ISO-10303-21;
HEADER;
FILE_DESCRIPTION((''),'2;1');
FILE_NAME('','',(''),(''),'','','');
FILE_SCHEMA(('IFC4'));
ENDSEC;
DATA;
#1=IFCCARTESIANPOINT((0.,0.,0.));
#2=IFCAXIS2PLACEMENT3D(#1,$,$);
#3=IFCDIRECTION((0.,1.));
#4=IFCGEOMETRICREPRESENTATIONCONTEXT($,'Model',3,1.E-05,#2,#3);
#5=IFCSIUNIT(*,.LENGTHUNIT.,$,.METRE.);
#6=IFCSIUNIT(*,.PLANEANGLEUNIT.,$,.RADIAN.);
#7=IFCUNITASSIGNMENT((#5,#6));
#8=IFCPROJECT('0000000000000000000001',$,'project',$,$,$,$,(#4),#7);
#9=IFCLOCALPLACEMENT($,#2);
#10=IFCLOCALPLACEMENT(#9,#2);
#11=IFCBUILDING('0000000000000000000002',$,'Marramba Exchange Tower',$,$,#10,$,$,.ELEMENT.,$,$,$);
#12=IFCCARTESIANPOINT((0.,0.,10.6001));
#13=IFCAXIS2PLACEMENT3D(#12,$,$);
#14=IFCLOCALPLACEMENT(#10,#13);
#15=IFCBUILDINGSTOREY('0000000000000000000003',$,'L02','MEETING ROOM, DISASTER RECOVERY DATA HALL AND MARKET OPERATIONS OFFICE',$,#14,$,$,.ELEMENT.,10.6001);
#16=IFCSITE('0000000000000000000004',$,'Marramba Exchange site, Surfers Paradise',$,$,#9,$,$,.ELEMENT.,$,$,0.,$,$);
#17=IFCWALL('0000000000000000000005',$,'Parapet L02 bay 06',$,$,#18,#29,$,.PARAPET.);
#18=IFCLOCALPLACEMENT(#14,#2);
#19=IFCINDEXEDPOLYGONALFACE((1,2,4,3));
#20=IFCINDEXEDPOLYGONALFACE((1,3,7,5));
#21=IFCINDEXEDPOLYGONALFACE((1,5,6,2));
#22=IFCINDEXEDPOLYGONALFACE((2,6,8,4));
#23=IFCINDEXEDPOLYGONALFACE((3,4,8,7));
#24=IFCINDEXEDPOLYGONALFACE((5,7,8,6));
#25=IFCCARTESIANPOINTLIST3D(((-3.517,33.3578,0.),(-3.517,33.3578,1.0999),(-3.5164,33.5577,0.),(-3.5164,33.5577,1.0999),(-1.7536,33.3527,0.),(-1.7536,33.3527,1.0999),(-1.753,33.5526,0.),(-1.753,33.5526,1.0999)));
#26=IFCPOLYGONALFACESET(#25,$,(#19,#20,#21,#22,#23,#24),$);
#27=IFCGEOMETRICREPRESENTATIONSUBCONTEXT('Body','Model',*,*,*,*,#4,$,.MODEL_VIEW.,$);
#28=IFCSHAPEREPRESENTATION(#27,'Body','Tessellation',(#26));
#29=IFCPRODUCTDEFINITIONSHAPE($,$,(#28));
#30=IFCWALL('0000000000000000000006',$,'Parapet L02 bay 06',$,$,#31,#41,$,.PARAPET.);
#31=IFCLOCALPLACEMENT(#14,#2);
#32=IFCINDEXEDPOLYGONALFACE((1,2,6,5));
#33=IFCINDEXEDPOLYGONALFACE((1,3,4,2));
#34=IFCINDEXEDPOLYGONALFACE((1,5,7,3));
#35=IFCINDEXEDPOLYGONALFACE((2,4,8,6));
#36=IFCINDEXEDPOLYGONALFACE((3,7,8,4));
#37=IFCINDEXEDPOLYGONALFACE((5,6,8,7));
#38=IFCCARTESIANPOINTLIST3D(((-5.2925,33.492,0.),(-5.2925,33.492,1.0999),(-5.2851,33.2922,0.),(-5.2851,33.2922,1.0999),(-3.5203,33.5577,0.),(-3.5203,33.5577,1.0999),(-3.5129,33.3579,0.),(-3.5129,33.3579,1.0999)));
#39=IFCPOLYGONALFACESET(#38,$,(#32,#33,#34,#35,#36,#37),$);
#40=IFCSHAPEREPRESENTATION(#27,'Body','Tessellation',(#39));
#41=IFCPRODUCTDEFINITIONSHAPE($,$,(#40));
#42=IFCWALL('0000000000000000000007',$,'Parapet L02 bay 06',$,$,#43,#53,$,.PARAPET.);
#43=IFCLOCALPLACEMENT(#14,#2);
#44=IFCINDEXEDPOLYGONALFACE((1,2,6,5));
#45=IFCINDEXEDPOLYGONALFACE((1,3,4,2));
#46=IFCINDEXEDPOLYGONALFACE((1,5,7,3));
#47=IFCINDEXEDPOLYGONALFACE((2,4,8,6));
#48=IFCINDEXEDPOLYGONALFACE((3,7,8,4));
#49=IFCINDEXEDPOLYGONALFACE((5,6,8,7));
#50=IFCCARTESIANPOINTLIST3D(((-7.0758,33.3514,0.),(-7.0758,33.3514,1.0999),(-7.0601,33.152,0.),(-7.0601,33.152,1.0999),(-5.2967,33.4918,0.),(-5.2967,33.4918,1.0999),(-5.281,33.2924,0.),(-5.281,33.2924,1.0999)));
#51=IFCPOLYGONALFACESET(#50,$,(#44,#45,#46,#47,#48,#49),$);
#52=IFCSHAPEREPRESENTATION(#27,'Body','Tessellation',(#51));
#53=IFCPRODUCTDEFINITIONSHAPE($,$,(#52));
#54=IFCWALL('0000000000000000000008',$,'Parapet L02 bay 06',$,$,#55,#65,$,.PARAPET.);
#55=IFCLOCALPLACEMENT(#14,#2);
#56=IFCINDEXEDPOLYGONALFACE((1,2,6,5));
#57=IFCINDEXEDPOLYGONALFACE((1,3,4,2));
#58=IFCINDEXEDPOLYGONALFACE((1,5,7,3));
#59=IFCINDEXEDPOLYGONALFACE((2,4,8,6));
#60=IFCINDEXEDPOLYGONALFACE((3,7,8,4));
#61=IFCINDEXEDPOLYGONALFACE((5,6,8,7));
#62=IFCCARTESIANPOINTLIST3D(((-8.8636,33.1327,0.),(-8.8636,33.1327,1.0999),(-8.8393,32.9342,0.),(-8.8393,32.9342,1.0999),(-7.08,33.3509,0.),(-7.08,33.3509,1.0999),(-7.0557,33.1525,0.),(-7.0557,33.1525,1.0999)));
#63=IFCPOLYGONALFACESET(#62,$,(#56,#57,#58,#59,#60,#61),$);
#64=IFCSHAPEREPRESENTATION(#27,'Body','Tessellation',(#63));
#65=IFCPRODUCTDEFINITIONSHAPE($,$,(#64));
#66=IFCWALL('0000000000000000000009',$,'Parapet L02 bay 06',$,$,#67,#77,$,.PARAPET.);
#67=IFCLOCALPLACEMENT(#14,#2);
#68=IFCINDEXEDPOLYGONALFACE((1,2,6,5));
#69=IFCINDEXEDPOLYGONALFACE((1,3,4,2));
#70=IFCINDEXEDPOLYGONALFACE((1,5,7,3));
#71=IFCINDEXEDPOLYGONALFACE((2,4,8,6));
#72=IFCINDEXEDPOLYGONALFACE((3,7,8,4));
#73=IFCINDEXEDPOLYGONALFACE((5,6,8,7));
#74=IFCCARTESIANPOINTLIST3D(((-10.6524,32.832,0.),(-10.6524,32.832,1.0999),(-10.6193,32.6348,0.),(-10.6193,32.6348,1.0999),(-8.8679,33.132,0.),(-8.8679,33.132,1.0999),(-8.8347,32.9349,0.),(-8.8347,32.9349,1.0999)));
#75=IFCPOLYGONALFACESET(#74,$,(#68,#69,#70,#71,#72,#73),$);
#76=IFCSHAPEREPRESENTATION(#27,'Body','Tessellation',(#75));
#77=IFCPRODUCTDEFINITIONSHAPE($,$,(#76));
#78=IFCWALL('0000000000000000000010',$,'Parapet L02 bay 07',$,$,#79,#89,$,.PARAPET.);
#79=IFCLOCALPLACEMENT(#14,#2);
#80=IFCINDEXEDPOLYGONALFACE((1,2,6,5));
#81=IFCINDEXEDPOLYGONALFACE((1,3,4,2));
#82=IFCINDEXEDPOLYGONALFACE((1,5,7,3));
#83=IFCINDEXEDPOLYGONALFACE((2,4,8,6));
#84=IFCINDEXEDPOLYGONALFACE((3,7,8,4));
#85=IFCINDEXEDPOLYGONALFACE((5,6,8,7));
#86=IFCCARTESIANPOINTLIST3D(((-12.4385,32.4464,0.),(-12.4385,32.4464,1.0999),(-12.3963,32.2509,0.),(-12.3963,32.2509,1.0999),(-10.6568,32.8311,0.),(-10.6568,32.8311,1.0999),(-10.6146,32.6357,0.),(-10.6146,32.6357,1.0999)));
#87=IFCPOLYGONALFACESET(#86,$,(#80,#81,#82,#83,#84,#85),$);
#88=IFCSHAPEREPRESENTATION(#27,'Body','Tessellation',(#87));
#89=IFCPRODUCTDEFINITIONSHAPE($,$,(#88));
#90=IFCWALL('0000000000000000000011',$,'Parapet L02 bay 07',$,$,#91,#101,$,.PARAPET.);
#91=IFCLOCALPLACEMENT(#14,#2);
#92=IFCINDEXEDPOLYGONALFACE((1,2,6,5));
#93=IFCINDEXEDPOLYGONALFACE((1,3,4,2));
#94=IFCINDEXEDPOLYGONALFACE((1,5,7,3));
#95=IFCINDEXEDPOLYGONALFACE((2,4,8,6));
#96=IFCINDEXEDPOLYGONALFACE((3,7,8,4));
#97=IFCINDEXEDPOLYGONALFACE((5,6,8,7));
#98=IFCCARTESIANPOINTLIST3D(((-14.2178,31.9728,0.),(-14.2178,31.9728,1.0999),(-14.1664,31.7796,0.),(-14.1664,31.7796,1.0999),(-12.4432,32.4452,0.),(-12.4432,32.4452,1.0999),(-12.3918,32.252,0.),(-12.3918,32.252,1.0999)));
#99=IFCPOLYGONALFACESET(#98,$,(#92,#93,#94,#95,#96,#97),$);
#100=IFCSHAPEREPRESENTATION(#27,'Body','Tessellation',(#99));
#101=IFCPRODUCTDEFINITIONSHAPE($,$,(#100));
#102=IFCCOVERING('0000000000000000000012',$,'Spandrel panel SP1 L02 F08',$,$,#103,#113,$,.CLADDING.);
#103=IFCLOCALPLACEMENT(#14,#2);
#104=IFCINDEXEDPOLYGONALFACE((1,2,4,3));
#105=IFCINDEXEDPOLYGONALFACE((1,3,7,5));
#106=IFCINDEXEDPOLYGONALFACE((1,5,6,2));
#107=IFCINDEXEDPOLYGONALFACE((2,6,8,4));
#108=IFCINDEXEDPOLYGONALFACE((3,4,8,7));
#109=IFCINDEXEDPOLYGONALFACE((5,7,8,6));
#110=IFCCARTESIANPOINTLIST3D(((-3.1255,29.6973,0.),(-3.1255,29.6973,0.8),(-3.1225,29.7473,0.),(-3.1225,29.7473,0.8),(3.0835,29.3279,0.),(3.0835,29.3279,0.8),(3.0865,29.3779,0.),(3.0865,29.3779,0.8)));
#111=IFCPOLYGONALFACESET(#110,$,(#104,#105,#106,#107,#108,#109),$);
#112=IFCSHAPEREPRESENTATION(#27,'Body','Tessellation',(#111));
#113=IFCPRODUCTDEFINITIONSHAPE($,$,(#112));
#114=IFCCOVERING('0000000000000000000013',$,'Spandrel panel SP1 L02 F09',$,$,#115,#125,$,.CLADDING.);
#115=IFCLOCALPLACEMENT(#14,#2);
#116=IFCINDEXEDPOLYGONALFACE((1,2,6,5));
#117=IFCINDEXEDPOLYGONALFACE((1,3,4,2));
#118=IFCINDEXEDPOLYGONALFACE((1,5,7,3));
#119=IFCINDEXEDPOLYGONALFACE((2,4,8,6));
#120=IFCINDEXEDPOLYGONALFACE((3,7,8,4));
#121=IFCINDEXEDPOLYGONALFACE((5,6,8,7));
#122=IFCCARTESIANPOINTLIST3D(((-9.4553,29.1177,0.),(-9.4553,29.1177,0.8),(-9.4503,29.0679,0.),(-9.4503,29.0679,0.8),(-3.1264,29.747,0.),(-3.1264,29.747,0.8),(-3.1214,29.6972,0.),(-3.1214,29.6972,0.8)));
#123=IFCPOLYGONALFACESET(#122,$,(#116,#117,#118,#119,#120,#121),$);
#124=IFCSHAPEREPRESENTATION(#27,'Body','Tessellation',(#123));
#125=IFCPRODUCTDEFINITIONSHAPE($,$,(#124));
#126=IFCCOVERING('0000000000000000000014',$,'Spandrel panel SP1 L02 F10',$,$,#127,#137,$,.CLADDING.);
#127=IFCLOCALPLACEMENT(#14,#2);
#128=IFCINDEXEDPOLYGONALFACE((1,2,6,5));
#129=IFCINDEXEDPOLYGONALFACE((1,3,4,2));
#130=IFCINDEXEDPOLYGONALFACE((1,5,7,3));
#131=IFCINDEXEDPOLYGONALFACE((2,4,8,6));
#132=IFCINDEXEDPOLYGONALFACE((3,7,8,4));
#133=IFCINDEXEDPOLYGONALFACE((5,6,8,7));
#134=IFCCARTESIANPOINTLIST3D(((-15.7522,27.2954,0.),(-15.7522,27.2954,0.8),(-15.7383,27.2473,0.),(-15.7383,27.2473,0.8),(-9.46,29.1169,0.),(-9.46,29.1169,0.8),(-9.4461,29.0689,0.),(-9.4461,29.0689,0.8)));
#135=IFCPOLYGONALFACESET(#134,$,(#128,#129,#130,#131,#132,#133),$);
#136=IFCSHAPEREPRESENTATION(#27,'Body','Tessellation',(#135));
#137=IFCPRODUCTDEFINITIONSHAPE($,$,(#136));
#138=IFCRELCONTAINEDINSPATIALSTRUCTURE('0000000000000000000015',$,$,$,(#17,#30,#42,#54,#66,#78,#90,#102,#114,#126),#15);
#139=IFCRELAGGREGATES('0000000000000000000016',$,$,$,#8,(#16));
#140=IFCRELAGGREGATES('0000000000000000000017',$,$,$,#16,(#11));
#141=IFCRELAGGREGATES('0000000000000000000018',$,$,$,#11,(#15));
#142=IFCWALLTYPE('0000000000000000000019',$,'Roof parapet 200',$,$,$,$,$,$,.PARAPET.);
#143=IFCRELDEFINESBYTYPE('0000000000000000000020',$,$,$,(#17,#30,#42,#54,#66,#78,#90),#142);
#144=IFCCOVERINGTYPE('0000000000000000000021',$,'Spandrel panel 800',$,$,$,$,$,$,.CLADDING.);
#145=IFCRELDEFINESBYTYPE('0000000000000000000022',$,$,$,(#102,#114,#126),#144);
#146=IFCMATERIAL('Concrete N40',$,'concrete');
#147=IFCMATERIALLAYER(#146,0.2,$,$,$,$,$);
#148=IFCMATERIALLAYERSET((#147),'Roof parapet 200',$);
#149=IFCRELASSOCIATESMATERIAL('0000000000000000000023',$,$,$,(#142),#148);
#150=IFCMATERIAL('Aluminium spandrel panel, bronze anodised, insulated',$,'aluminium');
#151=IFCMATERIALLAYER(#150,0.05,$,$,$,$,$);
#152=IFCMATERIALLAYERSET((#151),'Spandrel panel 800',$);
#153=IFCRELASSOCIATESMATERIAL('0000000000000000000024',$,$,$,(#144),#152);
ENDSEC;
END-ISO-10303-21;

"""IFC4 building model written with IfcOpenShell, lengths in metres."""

from ifc_helpers import new_model, si_unit, direction, frame, frame_2d, origin, origin_2d, place, context, subcontext, project, spatial, rectangle, extrude, material, layer, layer_set, type_object, element, save


model = new_model("IFC4")

# Units and contexts
model_context = context("Model", 3, precision=1e-05, world=origin(), true_north=direction((0.0, 1.0)))
body_context = subcontext(model_context, "Body", "Model", "MODEL_VIEW")
ifc_project = project(units=[si_unit("LENGTHUNIT", "METRE"), si_unit("PLANEANGLEUNIT", "RADIAN")], contexts=[model_context])

# Site, building, storey
site_placement = place(None, origin())
site = spatial("IfcSite", under=ifc_project, at=site_placement, Name="Marramba Exchange site, Surfers Paradise", CompositionType="ELEMENT", RefElevation=0.0)
building_placement = place(site_placement, origin())
building = spatial("IfcBuilding", under=site, at=building_placement, Name="Marramba Exchange Tower", CompositionType="ELEMENT")
storey_placement = place(building_placement, frame((0.0, 0.0, 10.6001)))
storey = spatial("IfcBuildingStorey", under=building, at=storey_placement, Name="L02", Description="MEETING ROOM, DISASTER RECOVERY DATA HALL AND MARKET OPERATIONS OFFICE", CompositionType="ELEMENT", Elevation=10.6001)

# Walls
ifc_material_1 = material(Name="Concrete N40", Category="concrete")
ifc_layer_1 = layer(ifc_material_1, 0.2)
ifc_layer_set_1 = layer_set([ifc_layer_1], Name="Roof parapet 200")
wall_type = type_object("IfcWallType", Name="Roof parapet 200", PredefinedType="PARAPET", material=ifc_layer_set_1)
wall_1_placement = place(storey_placement, frame((-1.7532, 33.4526, 0.0), z_axis=(0.0, 0.0, 1.0), x_axis=(-0.999996, 0.002907, 0.0)))
element("IfcWall", 1, at=wall_1_placement, inside=storey, type_object=wall_type, Name="Parapet L02 bay 06", PredefinedType="PARAPET", context=body_context, shape_type="SweptSolid", body=[
    extrude(rectangle(XDim=1.7634, YDim=0.2, at=frame_2d((0.8818, 0.0))), origin(), (0.0, 0.0, 1.0), 1.0999),
])
wall_2_placement = place(storey_placement, frame((-3.5166, 33.4578, 0.0), z_axis=(0.0, 0.0, 1.0), x_axis=(-0.999314, -0.037032, 0.0)))
element("IfcWall", 2, at=wall_2_placement, inside=storey, type_object=wall_type, Name="Parapet L02 bay 06", PredefinedType="PARAPET", context=body_context, shape_type="SweptSolid", body=[
    extrude(rectangle(XDim=1.7734, YDim=0.2, at=frame_2d((0.8867, 0.0))), origin(), (0.0, 0.0, 1.0), 1.0999),
])
wall_3_placement = place(storey_placement, frame((-5.2888, 33.3921, 0.0), z_axis=(0.0, 0.0, 1.0), x_axis=(-0.996901, -0.078663, 0.0)))
element("IfcWall", 3, at=wall_3_placement, inside=storey, type_object=wall_type, Name="Parapet L02 bay 06", PredefinedType="PARAPET", context=body_context, shape_type="SweptSolid", body=[
    extrude(rectangle(XDim=1.7847, YDim=0.2, at=frame_2d((0.8923, 0.0))), origin(), (0.0, 0.0, 1.0), 1.0999),
])
wall_4_placement = place(storey_placement, frame((-7.0679, 33.2517, 0.0), z_axis=(0.0, 0.0, 1.0), x_axis=(-0.992594, -0.121476, 0.0)))
element("IfcWall", 4, at=wall_4_placement, inside=storey, type_object=wall_type, Name="Parapet L02 bay 06", PredefinedType="PARAPET", context=body_context, shape_type="SweptSolid", body=[
    extrude(rectangle(XDim=1.7969, YDim=0.2, at=frame_2d((0.8984, 0.0))), origin(), (0.0, 0.0, 1.0), 1.0999),
])
wall_5_placement = place(storey_placement, frame((-8.8513, 33.0334, 0.0), z_axis=(0.0, 0.0, 1.0), x_axis=(-0.986156, -0.165821, 0.0)))
element("IfcWall", 5, at=wall_5_placement, inside=storey, type_object=wall_type, Name="Parapet L02 bay 06", PredefinedType="PARAPET", context=body_context, shape_type="SweptSolid", body=[
    extrude(rectangle(XDim=1.8096, YDim=0.2, at=frame_2d((0.9048, 0.0))), origin(), (0.0, 0.0, 1.0), 1.0999),
])
wall_6_placement = place(storey_placement, frame((-10.6357, 32.7334, 0.0), z_axis=(0.0, 0.0, 1.0), x_axis=(-0.977468, -0.211084, 0.0)))
element("IfcWall", 6, at=wall_6_placement, inside=storey, type_object=wall_type, Name="Parapet L02 bay 07", PredefinedType="PARAPET", context=body_context, shape_type="SweptSolid", body=[
    extrude(rectangle(XDim=1.8228, YDim=0.2, at=frame_2d((0.9114, 0.0))), origin(), (0.0, 0.0, 1.0), 1.0999),
])
wall_7_placement = place(storey_placement, frame((-12.4175, 32.3486, 0.0), z_axis=(0.0, 0.0, 1.0), x_axis=(-0.966347, -0.257241, 0.0)))
element("IfcWall", 7, at=wall_7_placement, inside=storey, type_object=wall_type, Name="Parapet L02 bay 07", PredefinedType="PARAPET", context=body_context, shape_type="SweptSolid", body=[
    extrude(rectangle(XDim=1.8364, YDim=0.2, at=frame_2d((0.9182, 0.0))), origin(), (0.0, 0.0, 1.0), 1.0999),
])

# Coverings
ifc_material_2 = material(Name="Aluminium spandrel panel, bronze anodised, insulated", Category="aluminium")
ifc_layer_2 = layer(ifc_material_2, 0.05)
ifc_layer_set_2 = layer_set([ifc_layer_2], Name="Spandrel panel 800")
covering_type = type_object("IfcCoveringType", Name="Spandrel panel 800", PredefinedType="CLADDING", material=ifc_layer_set_2)
covering_1_placement = place(storey_placement, frame((-0.0195, 29.5376, 0.0), z_axis=(0.0, 0.0, 1.0), x_axis=(-0.998235, 0.05939, 0.0)))
element("IfcCovering", 8, at=covering_1_placement, inside=storey, type_object=covering_type, Name="Spandrel panel SP1 L02 F08", PredefinedType="CLADDING", context=body_context, shape_type="SweptSolid", body=[
    extrude(rectangle(XDim=6.22, YDim=0.05, at=origin_2d()), origin(), (0.0, 0.0, 1.0), 0.8),
])
covering_2_placement = place(storey_placement, frame((-6.2883, 29.4075, 0.0), z_axis=(0.0, 0.0, 1.0), x_axis=(-0.995094, -0.098937, 0.0)))
element("IfcCovering", 9, at=covering_2_placement, inside=storey, type_object=covering_type, Name="Spandrel panel SP1 L02 F09", PredefinedType="CLADDING", context=body_context, shape_type="SweptSolid", body=[
    extrude(rectangle(XDim=6.3601, YDim=0.05, at=origin_2d()), origin(), (0.0, 0.0, 1.0), 0.8),
])
covering_3_placement = place(storey_placement, frame((-12.5991, 28.1821, 0.0), z_axis=(0.0, 0.0, 1.0), x_axis=(-0.960559, -0.278075, 0.0)))
element("IfcCovering", 10, at=covering_3_placement, inside=storey, type_object=covering_type, Name="Spandrel panel SP1 L02 F10", PredefinedType="CLADDING", context=body_context, shape_type="SweptSolid", body=[
    extrude(rectangle(XDim=6.5505, YDim=0.05, at=origin_2d()), origin(), (0.0, 0.0, 1.0), 0.8),
])

save(model, "model.ifc")
